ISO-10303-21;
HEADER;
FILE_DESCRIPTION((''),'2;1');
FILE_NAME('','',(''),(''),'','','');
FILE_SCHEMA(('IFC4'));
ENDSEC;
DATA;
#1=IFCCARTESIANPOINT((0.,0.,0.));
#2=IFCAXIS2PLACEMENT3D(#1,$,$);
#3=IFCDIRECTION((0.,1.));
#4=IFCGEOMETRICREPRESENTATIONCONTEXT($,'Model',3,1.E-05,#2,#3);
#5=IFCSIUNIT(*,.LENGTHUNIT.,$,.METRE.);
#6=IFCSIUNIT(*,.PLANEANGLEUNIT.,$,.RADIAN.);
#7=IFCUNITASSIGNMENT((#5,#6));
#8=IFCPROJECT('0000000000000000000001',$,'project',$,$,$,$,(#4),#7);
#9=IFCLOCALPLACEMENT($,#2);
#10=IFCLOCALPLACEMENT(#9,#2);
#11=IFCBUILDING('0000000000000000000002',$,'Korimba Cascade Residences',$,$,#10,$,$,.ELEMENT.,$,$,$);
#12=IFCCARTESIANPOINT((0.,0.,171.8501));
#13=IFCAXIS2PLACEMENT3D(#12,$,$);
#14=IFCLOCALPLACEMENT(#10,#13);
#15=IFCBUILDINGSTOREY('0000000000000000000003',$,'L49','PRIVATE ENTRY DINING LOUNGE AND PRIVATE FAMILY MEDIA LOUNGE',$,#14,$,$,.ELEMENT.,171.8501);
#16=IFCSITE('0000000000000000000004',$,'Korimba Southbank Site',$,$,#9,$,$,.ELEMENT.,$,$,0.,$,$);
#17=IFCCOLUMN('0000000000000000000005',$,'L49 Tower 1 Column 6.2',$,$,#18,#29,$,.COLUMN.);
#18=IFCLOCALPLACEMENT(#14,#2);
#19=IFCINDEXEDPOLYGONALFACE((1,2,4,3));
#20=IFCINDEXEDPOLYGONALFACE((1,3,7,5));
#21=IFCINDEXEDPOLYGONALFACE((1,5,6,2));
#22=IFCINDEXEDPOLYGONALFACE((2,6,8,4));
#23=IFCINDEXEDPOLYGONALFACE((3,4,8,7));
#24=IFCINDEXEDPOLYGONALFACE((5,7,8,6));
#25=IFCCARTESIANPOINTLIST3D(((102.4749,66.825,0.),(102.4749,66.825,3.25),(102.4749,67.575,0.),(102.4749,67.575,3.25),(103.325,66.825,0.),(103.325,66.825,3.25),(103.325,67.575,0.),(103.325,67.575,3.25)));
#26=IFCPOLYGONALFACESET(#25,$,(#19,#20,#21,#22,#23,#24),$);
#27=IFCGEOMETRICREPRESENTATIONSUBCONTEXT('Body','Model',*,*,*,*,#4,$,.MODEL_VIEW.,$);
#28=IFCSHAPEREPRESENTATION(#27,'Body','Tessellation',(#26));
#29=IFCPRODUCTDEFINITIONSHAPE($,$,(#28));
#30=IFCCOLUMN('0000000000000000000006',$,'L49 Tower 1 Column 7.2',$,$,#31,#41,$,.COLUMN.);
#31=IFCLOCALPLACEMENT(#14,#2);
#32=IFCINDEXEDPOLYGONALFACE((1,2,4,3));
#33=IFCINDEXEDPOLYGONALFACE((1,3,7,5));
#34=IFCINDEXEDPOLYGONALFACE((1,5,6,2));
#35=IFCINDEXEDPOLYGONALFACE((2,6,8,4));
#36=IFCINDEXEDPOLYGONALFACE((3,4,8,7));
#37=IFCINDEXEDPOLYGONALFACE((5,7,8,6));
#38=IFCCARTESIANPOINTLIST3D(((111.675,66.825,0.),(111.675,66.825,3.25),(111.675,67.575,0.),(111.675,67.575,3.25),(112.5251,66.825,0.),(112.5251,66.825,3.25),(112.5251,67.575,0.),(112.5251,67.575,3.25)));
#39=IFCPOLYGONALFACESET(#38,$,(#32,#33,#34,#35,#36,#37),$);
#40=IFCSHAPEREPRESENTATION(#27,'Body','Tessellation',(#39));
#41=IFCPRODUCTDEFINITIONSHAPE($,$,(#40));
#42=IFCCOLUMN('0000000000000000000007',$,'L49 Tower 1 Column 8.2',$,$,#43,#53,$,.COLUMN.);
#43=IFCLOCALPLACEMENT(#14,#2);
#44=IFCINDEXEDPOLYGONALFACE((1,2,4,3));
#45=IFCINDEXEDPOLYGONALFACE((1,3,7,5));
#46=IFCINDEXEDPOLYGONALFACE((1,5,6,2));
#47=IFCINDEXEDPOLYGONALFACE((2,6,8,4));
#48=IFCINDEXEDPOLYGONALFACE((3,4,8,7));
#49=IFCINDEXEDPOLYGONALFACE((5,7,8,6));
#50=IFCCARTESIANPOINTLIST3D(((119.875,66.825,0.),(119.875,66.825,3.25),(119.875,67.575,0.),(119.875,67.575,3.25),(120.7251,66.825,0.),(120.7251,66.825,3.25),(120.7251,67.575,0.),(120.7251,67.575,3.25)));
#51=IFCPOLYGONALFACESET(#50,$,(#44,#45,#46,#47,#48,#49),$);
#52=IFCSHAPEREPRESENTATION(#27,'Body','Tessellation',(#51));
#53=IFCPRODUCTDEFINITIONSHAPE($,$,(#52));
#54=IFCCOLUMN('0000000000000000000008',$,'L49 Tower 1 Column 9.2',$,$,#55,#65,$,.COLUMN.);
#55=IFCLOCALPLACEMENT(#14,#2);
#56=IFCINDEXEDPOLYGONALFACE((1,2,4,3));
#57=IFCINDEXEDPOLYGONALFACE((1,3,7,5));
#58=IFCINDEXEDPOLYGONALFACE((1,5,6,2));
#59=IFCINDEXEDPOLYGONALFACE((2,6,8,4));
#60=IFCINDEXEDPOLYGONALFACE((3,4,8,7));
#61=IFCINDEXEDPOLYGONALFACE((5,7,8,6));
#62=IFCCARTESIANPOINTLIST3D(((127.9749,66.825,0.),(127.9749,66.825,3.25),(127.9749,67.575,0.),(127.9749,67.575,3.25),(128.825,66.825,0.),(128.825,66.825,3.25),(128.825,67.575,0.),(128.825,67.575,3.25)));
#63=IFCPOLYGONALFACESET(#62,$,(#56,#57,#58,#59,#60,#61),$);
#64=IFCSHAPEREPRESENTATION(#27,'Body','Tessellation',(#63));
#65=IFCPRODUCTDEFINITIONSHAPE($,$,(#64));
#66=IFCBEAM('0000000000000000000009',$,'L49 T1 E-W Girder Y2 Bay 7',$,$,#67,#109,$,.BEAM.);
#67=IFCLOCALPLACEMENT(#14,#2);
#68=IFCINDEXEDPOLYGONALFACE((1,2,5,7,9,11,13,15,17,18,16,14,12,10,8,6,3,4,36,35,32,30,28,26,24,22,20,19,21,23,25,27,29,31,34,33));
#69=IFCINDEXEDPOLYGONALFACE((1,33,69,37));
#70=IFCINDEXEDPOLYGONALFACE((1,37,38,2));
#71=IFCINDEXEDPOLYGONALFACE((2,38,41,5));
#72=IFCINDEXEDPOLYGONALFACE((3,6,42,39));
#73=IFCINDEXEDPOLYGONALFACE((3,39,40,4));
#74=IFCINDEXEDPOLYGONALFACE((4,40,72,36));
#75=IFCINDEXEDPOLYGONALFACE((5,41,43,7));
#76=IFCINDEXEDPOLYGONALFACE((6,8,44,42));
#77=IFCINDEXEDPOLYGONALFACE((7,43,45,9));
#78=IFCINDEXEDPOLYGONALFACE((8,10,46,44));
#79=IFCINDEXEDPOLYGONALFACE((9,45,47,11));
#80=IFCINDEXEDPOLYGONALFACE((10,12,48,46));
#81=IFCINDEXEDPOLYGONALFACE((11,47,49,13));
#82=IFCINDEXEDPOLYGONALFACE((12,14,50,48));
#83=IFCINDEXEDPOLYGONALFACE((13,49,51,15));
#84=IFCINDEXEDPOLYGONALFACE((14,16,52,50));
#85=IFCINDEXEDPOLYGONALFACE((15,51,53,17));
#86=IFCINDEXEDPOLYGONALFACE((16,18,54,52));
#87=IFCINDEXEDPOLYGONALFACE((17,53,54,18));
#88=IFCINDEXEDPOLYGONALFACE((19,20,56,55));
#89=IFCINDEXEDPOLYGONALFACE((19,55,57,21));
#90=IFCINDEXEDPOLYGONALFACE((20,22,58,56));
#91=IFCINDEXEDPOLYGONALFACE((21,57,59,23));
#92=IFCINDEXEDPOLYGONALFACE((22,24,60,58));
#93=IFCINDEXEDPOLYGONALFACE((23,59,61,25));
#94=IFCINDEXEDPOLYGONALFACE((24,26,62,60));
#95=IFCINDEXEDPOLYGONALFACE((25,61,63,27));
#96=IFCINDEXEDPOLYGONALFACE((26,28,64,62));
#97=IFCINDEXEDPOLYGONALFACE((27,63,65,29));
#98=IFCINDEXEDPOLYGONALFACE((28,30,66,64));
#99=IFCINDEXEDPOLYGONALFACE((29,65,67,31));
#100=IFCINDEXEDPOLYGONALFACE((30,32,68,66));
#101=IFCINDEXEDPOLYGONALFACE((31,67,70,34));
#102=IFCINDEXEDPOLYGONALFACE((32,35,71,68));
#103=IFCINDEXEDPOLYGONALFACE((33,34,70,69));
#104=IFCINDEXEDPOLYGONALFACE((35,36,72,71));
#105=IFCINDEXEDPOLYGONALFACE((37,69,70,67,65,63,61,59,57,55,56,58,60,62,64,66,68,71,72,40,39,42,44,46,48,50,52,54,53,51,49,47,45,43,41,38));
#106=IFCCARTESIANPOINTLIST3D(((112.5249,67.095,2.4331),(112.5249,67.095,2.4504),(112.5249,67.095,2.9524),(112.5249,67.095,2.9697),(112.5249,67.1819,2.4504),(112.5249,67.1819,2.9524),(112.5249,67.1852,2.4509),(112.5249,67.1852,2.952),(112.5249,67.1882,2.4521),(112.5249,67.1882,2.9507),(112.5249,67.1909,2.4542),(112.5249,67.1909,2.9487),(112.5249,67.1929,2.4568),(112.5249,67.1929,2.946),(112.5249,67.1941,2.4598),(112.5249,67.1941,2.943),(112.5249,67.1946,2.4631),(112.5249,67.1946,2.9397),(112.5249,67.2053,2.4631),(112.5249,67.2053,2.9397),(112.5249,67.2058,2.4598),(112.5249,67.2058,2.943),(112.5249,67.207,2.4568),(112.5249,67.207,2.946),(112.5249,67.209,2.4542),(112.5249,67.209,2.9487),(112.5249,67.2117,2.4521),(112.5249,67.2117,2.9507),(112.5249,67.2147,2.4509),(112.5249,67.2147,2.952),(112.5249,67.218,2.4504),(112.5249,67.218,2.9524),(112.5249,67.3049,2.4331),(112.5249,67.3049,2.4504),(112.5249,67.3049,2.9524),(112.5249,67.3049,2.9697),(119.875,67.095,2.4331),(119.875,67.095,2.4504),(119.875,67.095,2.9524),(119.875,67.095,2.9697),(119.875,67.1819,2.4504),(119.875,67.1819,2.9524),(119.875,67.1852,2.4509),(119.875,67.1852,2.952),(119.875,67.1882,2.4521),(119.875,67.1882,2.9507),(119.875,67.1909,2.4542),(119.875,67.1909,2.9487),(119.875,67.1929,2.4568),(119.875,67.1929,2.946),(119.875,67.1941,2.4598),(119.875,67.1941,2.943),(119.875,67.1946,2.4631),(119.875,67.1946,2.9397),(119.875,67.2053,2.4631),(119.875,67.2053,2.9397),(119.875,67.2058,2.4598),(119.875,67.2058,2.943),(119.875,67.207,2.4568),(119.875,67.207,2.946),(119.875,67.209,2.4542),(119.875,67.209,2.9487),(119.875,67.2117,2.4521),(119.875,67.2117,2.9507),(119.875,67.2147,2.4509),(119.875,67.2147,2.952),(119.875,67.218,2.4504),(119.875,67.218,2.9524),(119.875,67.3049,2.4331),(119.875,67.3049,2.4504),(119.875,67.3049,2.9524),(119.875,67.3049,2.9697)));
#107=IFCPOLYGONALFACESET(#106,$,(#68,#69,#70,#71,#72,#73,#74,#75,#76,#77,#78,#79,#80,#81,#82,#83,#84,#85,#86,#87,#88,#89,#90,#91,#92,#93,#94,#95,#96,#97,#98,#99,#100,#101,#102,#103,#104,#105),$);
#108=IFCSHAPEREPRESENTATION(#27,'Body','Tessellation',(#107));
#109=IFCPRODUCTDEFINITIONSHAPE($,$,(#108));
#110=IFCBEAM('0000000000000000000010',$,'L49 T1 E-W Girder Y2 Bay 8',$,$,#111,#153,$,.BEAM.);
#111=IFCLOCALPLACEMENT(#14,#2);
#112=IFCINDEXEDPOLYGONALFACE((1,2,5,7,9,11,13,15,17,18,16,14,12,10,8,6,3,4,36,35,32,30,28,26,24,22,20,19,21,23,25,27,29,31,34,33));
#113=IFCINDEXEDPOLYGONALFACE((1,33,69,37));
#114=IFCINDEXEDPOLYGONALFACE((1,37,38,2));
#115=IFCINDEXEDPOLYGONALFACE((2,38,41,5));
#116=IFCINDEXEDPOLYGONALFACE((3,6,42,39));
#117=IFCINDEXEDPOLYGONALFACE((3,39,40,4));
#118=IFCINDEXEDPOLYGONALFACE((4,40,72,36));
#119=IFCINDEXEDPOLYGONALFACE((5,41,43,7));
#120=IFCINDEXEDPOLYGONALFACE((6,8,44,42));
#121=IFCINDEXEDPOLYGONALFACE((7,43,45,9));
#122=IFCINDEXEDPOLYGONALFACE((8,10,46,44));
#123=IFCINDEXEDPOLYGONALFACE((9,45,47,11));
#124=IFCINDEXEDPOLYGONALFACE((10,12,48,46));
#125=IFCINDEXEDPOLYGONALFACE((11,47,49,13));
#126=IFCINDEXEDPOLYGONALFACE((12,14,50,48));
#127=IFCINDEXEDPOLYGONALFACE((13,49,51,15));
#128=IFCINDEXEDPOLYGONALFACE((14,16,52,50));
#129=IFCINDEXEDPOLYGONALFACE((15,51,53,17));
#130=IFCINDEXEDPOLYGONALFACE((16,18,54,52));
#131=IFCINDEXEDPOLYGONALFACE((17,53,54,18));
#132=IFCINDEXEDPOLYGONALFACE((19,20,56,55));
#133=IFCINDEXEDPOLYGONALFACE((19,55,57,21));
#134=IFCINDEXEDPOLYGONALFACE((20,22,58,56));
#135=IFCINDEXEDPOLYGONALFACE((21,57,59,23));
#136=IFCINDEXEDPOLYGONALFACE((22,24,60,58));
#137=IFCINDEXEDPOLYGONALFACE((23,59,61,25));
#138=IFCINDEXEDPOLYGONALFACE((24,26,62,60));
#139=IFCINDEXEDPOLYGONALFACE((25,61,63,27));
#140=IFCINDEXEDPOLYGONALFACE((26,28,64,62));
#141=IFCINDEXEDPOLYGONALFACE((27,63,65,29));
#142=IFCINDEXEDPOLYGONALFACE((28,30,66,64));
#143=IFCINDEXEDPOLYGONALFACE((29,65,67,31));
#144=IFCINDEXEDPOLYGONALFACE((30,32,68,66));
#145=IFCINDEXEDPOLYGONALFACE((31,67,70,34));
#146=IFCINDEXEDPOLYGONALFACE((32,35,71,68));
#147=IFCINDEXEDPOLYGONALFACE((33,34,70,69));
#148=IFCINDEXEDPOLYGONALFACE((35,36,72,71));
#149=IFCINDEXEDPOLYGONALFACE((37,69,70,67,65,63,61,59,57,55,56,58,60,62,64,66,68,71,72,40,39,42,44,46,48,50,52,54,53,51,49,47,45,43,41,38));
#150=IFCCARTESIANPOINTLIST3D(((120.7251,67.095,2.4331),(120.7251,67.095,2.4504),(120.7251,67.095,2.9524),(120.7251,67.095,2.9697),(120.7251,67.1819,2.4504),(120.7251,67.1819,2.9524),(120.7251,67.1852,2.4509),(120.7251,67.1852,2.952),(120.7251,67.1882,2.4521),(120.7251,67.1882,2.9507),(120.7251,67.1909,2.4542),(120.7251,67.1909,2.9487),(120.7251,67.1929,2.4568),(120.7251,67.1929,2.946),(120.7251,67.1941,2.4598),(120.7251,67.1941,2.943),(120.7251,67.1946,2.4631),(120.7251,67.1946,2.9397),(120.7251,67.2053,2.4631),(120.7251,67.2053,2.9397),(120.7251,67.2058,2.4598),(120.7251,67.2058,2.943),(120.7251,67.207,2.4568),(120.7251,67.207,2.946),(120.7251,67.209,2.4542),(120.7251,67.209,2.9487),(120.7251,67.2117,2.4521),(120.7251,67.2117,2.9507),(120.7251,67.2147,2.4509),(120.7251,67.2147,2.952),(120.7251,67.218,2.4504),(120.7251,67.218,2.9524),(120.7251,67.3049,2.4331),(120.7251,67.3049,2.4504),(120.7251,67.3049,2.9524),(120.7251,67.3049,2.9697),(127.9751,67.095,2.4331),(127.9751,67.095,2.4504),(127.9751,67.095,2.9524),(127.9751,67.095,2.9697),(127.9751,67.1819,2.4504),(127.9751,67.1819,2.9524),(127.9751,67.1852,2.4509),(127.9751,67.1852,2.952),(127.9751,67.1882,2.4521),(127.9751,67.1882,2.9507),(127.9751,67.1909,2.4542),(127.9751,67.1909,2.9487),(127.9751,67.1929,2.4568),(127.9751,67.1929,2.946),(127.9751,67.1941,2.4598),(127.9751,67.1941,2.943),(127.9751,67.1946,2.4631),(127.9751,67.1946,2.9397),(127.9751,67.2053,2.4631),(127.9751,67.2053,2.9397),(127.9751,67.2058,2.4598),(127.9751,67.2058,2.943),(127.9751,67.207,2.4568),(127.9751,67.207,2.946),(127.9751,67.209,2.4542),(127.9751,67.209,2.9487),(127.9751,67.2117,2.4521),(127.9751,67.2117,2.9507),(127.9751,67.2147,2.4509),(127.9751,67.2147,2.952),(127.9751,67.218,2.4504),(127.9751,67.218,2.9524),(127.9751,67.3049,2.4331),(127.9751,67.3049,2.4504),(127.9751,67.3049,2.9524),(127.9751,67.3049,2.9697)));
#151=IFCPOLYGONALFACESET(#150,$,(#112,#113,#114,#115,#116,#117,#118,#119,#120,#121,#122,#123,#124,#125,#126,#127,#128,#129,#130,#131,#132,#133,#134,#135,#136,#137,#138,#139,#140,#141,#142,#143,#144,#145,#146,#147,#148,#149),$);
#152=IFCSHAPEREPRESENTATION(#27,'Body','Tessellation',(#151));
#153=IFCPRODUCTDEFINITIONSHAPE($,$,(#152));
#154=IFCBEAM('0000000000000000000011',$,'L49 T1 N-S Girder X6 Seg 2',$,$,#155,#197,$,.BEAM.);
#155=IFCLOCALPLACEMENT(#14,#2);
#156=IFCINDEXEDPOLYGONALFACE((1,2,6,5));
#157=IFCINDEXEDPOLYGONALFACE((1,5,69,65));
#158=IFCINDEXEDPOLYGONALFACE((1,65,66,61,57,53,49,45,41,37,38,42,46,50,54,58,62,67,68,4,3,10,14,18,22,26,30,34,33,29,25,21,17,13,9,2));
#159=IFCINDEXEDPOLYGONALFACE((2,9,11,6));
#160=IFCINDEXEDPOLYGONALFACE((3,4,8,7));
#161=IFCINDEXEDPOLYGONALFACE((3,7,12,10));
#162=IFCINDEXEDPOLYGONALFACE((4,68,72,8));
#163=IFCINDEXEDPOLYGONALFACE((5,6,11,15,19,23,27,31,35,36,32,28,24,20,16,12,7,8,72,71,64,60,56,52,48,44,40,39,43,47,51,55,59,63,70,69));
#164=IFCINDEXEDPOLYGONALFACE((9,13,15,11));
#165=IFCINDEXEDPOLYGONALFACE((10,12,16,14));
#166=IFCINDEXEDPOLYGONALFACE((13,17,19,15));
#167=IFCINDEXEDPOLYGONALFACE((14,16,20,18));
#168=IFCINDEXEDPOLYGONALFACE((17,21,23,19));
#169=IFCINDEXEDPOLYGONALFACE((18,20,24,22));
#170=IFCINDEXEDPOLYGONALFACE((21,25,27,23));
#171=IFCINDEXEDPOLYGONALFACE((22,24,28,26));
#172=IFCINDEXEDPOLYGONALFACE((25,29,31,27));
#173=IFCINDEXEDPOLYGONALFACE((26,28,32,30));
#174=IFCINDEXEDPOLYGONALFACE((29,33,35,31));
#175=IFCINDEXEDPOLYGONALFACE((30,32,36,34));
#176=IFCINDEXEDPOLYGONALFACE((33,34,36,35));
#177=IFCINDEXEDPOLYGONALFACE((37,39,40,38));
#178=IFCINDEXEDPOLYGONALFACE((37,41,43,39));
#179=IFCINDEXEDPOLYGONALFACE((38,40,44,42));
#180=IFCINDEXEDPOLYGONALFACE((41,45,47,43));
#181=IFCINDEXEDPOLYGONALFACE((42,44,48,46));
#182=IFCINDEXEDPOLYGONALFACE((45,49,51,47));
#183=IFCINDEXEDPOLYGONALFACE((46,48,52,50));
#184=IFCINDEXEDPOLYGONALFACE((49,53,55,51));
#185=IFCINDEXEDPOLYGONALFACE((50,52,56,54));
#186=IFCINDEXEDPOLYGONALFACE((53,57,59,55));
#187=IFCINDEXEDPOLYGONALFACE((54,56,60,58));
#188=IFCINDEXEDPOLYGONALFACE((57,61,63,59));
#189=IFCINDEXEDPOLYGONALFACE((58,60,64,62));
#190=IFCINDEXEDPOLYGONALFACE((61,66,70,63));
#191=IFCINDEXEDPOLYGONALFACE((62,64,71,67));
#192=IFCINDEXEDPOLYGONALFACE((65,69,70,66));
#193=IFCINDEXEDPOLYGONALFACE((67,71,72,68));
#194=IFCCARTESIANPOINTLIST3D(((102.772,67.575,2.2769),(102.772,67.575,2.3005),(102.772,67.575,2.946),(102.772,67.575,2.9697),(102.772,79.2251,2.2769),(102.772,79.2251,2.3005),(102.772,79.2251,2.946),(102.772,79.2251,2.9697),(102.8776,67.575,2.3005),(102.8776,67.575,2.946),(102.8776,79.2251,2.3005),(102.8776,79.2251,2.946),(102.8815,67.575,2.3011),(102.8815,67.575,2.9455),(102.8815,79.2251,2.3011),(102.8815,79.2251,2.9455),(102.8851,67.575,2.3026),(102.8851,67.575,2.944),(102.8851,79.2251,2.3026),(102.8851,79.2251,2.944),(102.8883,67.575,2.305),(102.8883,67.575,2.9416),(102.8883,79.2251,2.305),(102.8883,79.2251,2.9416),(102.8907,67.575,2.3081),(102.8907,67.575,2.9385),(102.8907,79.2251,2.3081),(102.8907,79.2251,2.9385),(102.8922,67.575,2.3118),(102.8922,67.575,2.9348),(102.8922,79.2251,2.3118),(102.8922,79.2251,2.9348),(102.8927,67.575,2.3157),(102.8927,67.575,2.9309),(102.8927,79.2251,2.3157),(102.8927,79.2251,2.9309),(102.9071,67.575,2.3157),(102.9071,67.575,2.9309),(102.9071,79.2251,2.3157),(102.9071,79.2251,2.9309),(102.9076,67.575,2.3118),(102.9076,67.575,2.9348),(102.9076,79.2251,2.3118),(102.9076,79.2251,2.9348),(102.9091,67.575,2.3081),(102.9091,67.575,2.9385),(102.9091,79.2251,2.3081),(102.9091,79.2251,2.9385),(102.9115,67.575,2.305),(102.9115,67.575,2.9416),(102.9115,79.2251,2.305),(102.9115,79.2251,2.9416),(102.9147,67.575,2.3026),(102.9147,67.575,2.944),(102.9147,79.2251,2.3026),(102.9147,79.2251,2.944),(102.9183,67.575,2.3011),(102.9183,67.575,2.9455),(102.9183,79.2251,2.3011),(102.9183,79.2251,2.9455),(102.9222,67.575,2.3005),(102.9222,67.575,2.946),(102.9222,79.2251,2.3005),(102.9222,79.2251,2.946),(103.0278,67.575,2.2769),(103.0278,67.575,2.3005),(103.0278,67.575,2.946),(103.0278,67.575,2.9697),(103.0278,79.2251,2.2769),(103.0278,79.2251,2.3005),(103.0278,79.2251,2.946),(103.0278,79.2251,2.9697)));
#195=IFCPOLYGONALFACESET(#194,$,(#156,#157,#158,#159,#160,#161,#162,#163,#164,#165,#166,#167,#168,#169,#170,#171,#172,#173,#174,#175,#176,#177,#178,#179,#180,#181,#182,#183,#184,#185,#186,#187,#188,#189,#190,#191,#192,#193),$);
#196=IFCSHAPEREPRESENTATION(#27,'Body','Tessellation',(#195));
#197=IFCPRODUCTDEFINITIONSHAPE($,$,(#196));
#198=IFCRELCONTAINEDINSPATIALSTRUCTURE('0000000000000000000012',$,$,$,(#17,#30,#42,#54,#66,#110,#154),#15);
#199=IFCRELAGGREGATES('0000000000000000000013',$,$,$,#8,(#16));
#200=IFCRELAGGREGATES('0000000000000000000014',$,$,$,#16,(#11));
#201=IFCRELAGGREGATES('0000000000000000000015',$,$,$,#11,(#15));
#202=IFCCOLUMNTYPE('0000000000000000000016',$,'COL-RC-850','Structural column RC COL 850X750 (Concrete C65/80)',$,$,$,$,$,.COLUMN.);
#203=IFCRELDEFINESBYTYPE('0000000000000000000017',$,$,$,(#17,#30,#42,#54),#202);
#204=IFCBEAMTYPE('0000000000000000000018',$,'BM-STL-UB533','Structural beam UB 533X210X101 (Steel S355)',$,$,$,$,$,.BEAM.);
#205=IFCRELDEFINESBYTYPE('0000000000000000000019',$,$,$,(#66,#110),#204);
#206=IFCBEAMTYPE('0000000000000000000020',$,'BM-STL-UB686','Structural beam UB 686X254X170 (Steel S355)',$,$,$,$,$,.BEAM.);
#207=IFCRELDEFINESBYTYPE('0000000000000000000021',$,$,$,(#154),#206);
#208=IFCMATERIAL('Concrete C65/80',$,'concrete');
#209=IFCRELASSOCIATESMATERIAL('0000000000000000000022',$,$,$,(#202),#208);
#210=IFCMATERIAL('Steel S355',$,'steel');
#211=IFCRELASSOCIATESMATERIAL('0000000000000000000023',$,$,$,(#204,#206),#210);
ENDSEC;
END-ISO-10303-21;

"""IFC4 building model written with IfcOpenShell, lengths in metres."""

from ifc_helpers import new_model, si_unit, direction, frame, origin, origin_2d, place, context, subcontext, project, spatial, rectangle, i_section, extrude, material, material_profile, profile_set, type_object, element, save


model = new_model("IFC4")

# Units and contexts
model_context = context("Model", 3, precision=1e-05, world=origin(), true_north=direction((0.0, 1.0)))
body_context = subcontext(model_context, "Body", "Model", "MODEL_VIEW")
ifc_project = project(units=[si_unit("LENGTHUNIT", "METRE"), si_unit("PLANEANGLEUNIT", "RADIAN")], contexts=[model_context])

# Site, building, storey
site_placement = place(None, origin())
site = spatial("IfcSite", under=ifc_project, at=site_placement, Name="Korimba Southbank Site", CompositionType="ELEMENT", RefElevation=0.0)
building_placement = place(site_placement, origin())
building = spatial("IfcBuilding", under=site, at=building_placement, Name="Korimba Cascade Residences", CompositionType="ELEMENT")
storey_placement = place(building_placement, frame((0.0, 0.0, 171.8501)))
storey = spatial("IfcBuildingStorey", under=building, at=storey_placement, Name="L49", Description="PRIVATE ENTRY DINING LOUNGE AND PRIVATE FAMILY MEDIA LOUNGE", CompositionType="ELEMENT", Elevation=171.8501)

# Columns
ifc_material_1 = material(Name="Concrete C65/80", Category="concrete")
ifc_material_profile_1 = material_profile(ifc_material_1, rectangle(XDim=0.8501, YDim=0.75, at=origin_2d()), Name="Concrete C65/80")
ifc_profile_set_1 = profile_set([ifc_material_profile_1], Name="Concrete C65/80")
column_type = type_object("IfcColumnType", Name="COL-RC-850", Description="Structural column RC COL 850X750 (Concrete C65/80)", PredefinedType="COLUMN", material=ifc_profile_set_1)
for number, where, z_axis, x_axis, name in (
    (1, (102.8999, 67.2, 0.0), (0.0, 0.0, 1.0), (1.0, 0.0, 0.0), "L49 Tower 1 Column 6.2"),
    (2, (112.1001, 67.2, 0.0), (0.0, 0.0, 1.0), (1.0, 0.0, 0.0), "L49 Tower 1 Column 7.2"),
    (3, (120.3, 67.2, 0.0), (0.0, 0.0, 1.0), (1.0, 0.0, 0.0), "L49 Tower 1 Column 8.2"),
    (4, (128.3999, 67.2, 0.0), (0.0, 0.0, 1.0), (1.0, 0.0, 0.0), "L49 Tower 1 Column 9.2"),
):
    element("IfcColumn", number, at=place(storey_placement, frame(where, z_axis=z_axis, x_axis=x_axis)), inside=storey, type_object=column_type, Name=name, PredefinedType="COLUMN", context=body_context, shape_type="SweptSolid", body=[
        extrude(rectangle(XDim=0.8501, YDim=0.75, at=origin_2d()), origin(), (0.0, 0.0, 1.0), 3.25),
    ])

# Beams
ifc_material_2 = material(Name="Steel S355", Category="steel")
ifc_material_profile_2 = material_profile(ifc_material_2, i_section(OverallWidth=0.21, OverallDepth=0.5366, WebThickness=0.0107, FlangeThickness=0.0173, FilletRadius=0.0127, at=origin_2d()), Name="Steel S355")
ifc_profile_set_2 = profile_set([ifc_material_profile_2], Name="Steel S355")
beam_type_1 = type_object("IfcBeamType", Name="BM-STL-UB533", Description="Structural beam UB 533X210X101 (Steel S355)", PredefinedType="BEAM", material=ifc_profile_set_2)
beam_1_placement = place(storey_placement, frame((112.5249, 67.2, 2.7014), z_axis=(1.0, 0.0, 0.0), x_axis=(0.0, 1.0, 0.0)))
element("IfcBeam", 5, at=beam_1_placement, inside=storey, type_object=beam_type_1, Name="L49 T1 E-W Girder Y2 Bay 7", PredefinedType="BEAM", context=body_context, shape_type="SweptSolid", body=[
    extrude(i_section(OverallWidth=0.21, OverallDepth=0.5366, WebThickness=0.0107, FlangeThickness=0.0173, FilletRadius=0.0127, at=origin_2d()), origin(), (0.0, 0.0, 1.0), 7.3501),
])
beam_2_placement = place(storey_placement, frame((120.7251, 67.2, 2.7014), z_axis=(1.0, 0.0, 0.0), x_axis=(0.0, 1.0, 0.0)))
element("IfcBeam", 6, at=beam_2_placement, inside=storey, type_object=beam_type_1, Name="L49 T1 E-W Girder Y2 Bay 8", PredefinedType="BEAM", context=body_context, shape_type="SweptSolid", body=[
    extrude(i_section(OverallWidth=0.21, OverallDepth=0.5366, WebThickness=0.0107, FlangeThickness=0.0173, FilletRadius=0.0127, at=origin_2d()), origin(), (0.0, 0.0, 1.0), 7.25),
])
ifc_material_profile_3 = material_profile(ifc_material_2, i_section(OverallWidth=0.2559, OverallDepth=0.6929, WebThickness=0.0144, FlangeThickness=0.0237, FilletRadius=0.0151, at=origin_2d()), Name="Steel S355")
ifc_profile_set_3 = profile_set([ifc_material_profile_3], Name="Steel S355")
beam_type_2 = type_object("IfcBeamType", Name="BM-STL-UB686", Description="Structural beam UB 686X254X170 (Steel S355)", PredefinedType="BEAM", material=ifc_profile_set_3)
for number, where, z_axis, x_axis, name in (
    (7, (102.8999, 67.575, 2.6233), (0.0, 1.0, 0.0), (-1.0, 0.0, 0.0), "L49 T1 N-S Girder X6 Seg 2"),
):
    element("IfcBeam", number, at=place(storey_placement, frame(where, z_axis=z_axis, x_axis=x_axis)), inside=storey, type_object=beam_type_2, Name=name, PredefinedType="BEAM", context=body_context, shape_type="SweptSolid", body=[
        extrude(i_section(OverallWidth=0.2559, OverallDepth=0.6929, WebThickness=0.0144, FlangeThickness=0.0237, FilletRadius=0.0151, at=origin_2d()), origin(), (0.0, 0.0, 1.0), 11.6501),
    ])

save(model, "model.ifc")
